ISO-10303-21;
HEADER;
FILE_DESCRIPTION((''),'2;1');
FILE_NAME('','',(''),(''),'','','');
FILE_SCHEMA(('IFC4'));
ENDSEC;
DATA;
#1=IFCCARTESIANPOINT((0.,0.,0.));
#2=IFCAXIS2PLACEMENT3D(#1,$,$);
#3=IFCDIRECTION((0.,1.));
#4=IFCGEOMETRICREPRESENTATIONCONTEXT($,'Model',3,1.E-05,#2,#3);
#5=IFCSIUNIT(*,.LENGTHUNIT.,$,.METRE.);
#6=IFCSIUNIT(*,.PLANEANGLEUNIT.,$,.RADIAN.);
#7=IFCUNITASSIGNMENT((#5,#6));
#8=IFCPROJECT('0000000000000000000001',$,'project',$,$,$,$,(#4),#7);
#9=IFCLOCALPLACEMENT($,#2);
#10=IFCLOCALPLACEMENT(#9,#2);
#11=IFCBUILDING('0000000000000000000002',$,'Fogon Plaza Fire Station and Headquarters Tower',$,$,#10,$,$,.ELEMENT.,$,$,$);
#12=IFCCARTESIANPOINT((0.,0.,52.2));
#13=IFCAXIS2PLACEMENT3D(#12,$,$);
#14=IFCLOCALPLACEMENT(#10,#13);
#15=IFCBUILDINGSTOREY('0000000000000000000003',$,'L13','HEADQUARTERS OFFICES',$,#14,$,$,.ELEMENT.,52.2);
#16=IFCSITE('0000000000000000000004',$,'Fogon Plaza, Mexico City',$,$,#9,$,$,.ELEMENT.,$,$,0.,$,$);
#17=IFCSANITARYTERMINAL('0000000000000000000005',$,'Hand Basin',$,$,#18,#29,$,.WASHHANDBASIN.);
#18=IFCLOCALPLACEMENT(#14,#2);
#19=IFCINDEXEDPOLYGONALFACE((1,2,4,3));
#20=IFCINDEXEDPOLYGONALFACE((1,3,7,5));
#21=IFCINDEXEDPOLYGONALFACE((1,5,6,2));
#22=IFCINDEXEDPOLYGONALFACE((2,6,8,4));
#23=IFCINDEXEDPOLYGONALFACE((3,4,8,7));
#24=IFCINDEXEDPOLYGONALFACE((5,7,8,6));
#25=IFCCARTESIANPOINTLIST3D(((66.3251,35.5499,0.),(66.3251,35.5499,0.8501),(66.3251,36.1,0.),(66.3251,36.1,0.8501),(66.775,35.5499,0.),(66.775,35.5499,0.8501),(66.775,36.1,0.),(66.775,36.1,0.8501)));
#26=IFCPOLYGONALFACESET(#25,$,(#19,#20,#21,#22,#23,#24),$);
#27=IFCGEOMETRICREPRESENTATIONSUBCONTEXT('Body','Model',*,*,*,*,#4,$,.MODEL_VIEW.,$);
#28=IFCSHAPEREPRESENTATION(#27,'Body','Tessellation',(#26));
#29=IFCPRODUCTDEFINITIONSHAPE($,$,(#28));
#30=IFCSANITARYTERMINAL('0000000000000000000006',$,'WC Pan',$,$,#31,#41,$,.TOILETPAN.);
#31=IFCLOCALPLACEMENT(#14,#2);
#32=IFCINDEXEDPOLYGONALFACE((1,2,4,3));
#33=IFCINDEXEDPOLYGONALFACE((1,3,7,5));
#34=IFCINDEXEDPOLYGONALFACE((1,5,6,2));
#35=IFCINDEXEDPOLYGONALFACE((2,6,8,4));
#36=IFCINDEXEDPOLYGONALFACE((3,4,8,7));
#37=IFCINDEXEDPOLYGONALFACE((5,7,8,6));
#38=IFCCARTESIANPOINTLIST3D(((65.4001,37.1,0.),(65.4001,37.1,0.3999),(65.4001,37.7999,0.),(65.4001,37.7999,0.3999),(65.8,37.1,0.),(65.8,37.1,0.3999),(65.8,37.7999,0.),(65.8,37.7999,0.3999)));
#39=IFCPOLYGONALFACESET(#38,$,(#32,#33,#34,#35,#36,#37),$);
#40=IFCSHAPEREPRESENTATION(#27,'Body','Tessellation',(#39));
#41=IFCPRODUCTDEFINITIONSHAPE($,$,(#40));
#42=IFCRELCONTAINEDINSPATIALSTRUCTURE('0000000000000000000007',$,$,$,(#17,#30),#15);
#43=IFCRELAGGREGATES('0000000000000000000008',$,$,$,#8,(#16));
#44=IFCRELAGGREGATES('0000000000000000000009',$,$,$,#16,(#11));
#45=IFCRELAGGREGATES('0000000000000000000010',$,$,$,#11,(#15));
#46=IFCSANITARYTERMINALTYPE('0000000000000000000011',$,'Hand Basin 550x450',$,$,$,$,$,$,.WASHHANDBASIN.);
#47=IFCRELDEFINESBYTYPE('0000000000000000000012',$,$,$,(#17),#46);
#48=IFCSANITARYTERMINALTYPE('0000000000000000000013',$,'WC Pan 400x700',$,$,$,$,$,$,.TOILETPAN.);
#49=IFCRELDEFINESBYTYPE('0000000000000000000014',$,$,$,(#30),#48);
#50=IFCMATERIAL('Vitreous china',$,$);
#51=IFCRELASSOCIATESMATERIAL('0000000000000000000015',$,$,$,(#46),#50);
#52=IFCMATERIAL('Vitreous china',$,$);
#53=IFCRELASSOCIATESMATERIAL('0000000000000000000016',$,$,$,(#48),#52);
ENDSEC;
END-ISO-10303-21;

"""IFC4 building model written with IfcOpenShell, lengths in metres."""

from ifc_helpers import new_model, si_unit, direction, frame, origin, origin_2d, place, context, subcontext, project, spatial, rectangle, extrude, material, type_object, element, save


model = new_model("IFC4")

# Units and contexts
model_context = context("Model", 3, precision=1e-05, world=origin(), true_north=direction((0.0, 1.0)))
body_context = subcontext(model_context, "Body", "Model", "MODEL_VIEW")
ifc_project = project(units=[si_unit("LENGTHUNIT", "METRE"), si_unit("PLANEANGLEUNIT", "RADIAN")], contexts=[model_context])

# Site, building, storey
site_placement = place(None, origin())
site = spatial("IfcSite", under=ifc_project, at=site_placement, Name="Fogon Plaza, Mexico City", CompositionType="ELEMENT", RefElevation=0.0)
building_placement = place(site_placement, origin())
building = spatial("IfcBuilding", under=site, at=building_placement, Name="Fogon Plaza Fire Station and Headquarters Tower", CompositionType="ELEMENT")
storey_placement = place(building_placement, frame((0.0, 0.0, 52.2)))
storey = spatial("IfcBuildingStorey", under=building, at=storey_placement, Name="L13", Description="HEADQUARTERS OFFICES", CompositionType="ELEMENT", Elevation=52.2)

# Sanitary terminals
ifc_material_1 = material(Name="Vitreous china")
sanitary_terminal_type_1 = type_object("IfcSanitaryTerminalType", Name="Hand Basin 550x450", PredefinedType="WASHHANDBASIN", material=ifc_material_1)
for number, where, z_axis, x_axis, name in (
    (1, (66.55, 35.825, 0.0), (0.0, 0.0, 1.0), (1.0, 0.0, 0.0), "Hand Basin"),
):
    element("IfcSanitaryTerminal", number, at=place(storey_placement, frame(where, z_axis=z_axis, x_axis=x_axis)), inside=storey, type_object=sanitary_terminal_type_1, Name=name, PredefinedType="WASHHANDBASIN", context=body_context, shape_type="SweptSolid", body=[
        extrude(rectangle(XDim=0.45, YDim=0.55, at=origin_2d()), origin(), (0.0, 0.0, 1.0), 0.8501),
    ])
ifc_material_2 = material(Name="Vitreous china")
sanitary_terminal_type_2 = type_object("IfcSanitaryTerminalType", Name="WC Pan 400x700", PredefinedType="TOILETPAN", material=ifc_material_2)
sanitary_terminal_1_placement = place(storey_placement, frame((65.6001, 37.45, 0.0), z_axis=(0.0, 0.0, 1.0), x_axis=(1.0, 0.0, 0.0)))
element("IfcSanitaryTerminal", 2, at=sanitary_terminal_1_placement, inside=storey, type_object=sanitary_terminal_type_2, Name="WC Pan", PredefinedType="TOILETPAN", context=body_context, shape_type="SweptSolid", body=[
    extrude(rectangle(XDim=0.3999, YDim=0.7, at=origin_2d()), origin(), (0.0, 0.0, 1.0), 0.3999),
])

save(model, "model.ifc")
